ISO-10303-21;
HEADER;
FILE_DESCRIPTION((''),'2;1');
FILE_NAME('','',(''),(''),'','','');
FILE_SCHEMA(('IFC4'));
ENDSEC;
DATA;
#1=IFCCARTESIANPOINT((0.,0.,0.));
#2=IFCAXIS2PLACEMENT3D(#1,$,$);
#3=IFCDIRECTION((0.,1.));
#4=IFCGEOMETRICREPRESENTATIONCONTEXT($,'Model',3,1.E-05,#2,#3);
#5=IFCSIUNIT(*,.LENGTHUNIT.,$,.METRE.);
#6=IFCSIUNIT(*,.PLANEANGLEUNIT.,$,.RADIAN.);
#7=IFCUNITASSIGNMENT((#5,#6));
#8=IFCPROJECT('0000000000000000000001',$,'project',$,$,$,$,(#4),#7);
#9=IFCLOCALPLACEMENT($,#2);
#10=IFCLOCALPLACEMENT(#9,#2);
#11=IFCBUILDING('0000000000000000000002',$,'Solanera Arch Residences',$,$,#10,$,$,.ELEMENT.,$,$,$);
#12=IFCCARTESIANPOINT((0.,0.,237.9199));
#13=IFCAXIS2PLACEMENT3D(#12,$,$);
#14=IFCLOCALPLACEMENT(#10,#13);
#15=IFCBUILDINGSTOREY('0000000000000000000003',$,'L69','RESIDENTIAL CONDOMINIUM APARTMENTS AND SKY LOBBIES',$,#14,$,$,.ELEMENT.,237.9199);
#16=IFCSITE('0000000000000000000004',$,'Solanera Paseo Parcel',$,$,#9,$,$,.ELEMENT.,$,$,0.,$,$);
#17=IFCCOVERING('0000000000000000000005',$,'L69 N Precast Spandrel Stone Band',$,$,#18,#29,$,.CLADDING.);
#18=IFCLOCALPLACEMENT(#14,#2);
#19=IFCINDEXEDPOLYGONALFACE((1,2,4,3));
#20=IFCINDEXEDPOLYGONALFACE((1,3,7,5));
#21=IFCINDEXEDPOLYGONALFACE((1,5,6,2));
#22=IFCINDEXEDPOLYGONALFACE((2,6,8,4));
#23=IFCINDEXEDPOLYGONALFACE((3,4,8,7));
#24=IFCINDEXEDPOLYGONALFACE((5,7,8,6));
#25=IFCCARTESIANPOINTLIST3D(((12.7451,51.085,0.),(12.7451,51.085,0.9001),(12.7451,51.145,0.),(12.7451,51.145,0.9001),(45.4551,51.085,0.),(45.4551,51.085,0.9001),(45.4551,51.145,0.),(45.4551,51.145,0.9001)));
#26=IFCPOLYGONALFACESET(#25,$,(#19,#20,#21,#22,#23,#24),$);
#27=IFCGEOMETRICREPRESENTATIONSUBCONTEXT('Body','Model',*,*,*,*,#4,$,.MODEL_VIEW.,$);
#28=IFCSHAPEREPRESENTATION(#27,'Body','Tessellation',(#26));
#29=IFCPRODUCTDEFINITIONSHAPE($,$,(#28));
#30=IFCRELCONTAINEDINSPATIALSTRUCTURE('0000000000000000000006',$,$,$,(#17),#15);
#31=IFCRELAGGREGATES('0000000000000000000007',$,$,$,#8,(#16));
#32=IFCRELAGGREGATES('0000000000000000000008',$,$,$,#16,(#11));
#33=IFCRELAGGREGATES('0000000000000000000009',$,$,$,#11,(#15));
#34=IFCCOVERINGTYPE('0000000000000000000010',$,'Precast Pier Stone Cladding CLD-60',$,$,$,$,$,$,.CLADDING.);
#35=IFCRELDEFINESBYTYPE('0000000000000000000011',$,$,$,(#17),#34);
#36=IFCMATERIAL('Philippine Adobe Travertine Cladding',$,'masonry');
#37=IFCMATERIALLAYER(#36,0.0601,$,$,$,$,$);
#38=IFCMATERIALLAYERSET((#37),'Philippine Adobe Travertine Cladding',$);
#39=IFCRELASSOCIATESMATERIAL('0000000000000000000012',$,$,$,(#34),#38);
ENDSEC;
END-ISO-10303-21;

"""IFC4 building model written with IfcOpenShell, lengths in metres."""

from ifc_helpers import new_model, si_unit, direction, frame, frame_2d, origin, place, context, subcontext, project, spatial, rectangle, extrude, material, layer, layer_set, type_object, element, save


model = new_model("IFC4")

# Units and contexts
model_context = context("Model", 3, precision=1e-05, world=origin(), true_north=direction((0.0, 1.0)))
body_context = subcontext(model_context, "Body", "Model", "MODEL_VIEW")
ifc_project = project(units=[si_unit("LENGTHUNIT", "METRE"), si_unit("PLANEANGLEUNIT", "RADIAN")], contexts=[model_context])

# Site, building, storey
site_placement = place(None, origin())
site = spatial("IfcSite", under=ifc_project, at=site_placement, Name="Solanera Paseo Parcel", CompositionType="ELEMENT", RefElevation=0.0)
building_placement = place(site_placement, origin())
building = spatial("IfcBuilding", under=site, at=building_placement, Name="Solanera Arch Residences", CompositionType="ELEMENT")
storey_placement = place(building_placement, frame((0.0, 0.0, 237.9199)))
storey = spatial("IfcBuildingStorey", under=building, at=storey_placement, Name="L69", Description="RESIDENTIAL CONDOMINIUM APARTMENTS AND SKY LOBBIES", CompositionType="ELEMENT", Elevation=237.9199)

# Covering
ifc_material_1 = material(Name="Philippine Adobe Travertine Cladding", Category="masonry")
ifc_layer_1 = layer(ifc_material_1, 0.0601)
ifc_layer_set_1 = layer_set([ifc_layer_1], Name="Philippine Adobe Travertine Cladding")
covering_type = type_object("IfcCoveringType", Name="Precast Pier Stone Cladding CLD-60", PredefinedType="CLADDING", material=ifc_layer_set_1)
covering_placement = place(storey_placement, frame((12.7451, 51.115, 0.0), z_axis=(0.0, 0.0, 1.0), x_axis=(1.0, 0.0, 0.0)))
element("IfcCovering", 1, at=covering_placement, inside=storey, type_object=covering_type, Name="L69 N Precast Spandrel Stone Band", PredefinedType="CLADDING", context=body_context, shape_type="SweptSolid", body=[
    extrude(rectangle(XDim=32.71, YDim=0.0601, at=frame_2d((16.355, 0.0))), origin(), (0.0, 0.0, 1.0), 0.9001),
])

save(model, "model.ifc")
